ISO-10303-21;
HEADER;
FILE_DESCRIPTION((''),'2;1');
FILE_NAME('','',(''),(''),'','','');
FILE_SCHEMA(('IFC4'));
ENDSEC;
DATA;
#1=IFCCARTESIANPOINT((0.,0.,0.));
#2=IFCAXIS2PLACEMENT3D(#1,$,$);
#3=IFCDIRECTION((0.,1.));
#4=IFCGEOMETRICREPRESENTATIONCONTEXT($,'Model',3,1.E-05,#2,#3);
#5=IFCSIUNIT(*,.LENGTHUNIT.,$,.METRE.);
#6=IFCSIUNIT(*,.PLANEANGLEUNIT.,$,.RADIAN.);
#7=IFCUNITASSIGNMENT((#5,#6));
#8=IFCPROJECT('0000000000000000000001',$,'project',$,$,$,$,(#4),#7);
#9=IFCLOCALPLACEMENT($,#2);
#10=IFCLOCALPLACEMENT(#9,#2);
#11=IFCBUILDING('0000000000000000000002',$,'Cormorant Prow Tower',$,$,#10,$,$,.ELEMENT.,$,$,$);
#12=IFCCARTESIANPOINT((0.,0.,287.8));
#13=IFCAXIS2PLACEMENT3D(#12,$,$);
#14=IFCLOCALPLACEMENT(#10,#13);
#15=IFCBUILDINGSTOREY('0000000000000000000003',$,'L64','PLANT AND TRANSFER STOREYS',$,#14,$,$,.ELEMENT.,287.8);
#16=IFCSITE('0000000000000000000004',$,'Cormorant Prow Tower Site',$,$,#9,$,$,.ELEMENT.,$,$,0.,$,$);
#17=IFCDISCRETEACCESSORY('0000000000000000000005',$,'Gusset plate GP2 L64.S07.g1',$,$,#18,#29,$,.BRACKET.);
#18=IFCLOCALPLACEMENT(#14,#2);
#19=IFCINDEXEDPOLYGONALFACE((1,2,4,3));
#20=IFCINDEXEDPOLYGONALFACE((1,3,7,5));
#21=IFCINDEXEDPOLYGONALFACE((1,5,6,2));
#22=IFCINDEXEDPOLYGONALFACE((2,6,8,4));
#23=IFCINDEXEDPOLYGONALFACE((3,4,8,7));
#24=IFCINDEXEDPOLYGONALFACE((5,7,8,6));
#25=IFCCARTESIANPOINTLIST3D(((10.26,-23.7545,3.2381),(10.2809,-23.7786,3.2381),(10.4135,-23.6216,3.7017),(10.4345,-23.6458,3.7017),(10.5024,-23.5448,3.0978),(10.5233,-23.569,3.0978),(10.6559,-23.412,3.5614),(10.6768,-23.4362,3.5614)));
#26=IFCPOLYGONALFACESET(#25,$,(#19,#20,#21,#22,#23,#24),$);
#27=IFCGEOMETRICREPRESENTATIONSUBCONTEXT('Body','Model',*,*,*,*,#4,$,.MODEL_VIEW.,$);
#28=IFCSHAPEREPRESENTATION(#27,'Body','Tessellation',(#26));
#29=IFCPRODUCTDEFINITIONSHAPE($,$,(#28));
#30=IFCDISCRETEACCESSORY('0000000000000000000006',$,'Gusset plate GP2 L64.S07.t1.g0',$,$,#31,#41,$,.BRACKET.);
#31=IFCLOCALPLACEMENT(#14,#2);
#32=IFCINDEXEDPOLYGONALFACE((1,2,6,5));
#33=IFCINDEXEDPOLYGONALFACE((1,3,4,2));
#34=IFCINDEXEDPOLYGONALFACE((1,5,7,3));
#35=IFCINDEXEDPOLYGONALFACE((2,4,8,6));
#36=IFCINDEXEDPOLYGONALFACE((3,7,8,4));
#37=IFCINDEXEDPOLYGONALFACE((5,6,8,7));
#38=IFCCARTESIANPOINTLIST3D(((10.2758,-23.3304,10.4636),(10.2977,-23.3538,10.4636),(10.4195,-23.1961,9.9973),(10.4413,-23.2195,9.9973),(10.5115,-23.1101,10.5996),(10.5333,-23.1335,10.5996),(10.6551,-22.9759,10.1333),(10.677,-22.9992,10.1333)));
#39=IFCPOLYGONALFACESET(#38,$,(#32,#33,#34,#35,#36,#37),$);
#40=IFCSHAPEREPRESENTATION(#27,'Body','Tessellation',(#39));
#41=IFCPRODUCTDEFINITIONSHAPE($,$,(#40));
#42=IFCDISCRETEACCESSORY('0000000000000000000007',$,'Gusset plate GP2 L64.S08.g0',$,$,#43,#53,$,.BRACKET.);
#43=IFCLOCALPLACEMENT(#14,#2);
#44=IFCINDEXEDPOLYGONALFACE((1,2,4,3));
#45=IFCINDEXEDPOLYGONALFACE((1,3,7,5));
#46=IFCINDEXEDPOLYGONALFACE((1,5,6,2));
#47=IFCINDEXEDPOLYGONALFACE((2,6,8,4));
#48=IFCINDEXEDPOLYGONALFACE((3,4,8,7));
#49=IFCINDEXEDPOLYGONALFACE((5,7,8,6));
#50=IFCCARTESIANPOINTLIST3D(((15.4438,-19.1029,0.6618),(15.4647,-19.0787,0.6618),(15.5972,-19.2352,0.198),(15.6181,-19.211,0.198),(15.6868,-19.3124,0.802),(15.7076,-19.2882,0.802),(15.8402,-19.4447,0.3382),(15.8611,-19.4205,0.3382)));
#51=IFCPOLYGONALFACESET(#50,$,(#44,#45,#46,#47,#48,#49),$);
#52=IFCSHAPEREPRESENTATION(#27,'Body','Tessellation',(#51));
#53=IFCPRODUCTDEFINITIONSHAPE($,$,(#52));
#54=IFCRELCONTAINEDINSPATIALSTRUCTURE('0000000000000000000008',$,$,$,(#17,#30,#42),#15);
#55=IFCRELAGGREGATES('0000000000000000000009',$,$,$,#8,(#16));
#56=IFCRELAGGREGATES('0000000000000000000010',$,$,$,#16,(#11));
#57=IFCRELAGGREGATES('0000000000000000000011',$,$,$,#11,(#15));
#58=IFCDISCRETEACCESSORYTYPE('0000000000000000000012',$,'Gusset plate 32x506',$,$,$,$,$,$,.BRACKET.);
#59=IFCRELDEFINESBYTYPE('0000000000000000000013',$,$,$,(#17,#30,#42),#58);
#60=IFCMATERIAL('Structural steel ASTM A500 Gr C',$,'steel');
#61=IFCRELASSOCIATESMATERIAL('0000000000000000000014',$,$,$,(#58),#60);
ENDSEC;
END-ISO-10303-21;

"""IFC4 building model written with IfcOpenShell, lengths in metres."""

from ifc_helpers import new_model, si_unit, direction, frame, origin, origin_2d, place, context, subcontext, project, spatial, rectangle, extrude, material, material_profile, profile_set, type_object, element, save


model = new_model("IFC4")

# Units and contexts
model_context = context("Model", 3, precision=1e-05, world=origin(), true_north=direction((0.0, 1.0)))
body_context = subcontext(model_context, "Body", "Model", "MODEL_VIEW")
ifc_project = project(units=[si_unit("LENGTHUNIT", "METRE"), si_unit("PLANEANGLEUNIT", "RADIAN")], contexts=[model_context])

# Site, building, storey
site_placement = place(None, origin())
site = spatial("IfcSite", under=ifc_project, at=site_placement, Name="Cormorant Prow Tower Site", CompositionType="ELEMENT", RefElevation=0.0)
building_placement = place(site_placement, origin())
building = spatial("IfcBuilding", under=site, at=building_placement, Name="Cormorant Prow Tower", CompositionType="ELEMENT")
storey_placement = place(building_placement, frame((0.0, 0.0, 287.8)))
storey = spatial("IfcBuildingStorey", under=building, at=storey_placement, Name="L64", Description="PLANT AND TRANSFER STOREYS", CompositionType="ELEMENT", Elevation=287.8)

# Discrete accessories
ifc_material_1 = material(Name="Structural steel ASTM A500 Gr C", Category="steel")
ifc_material_profile_1 = material_profile(ifc_material_1, rectangle(XDim=0.032, YDim=0.5061, at=origin_2d()), Name="Gusset plate 32x506")
ifc_profile_set_1 = profile_set([ifc_material_profile_1], Name="Structural steel ASTM A500 Gr C")
discrete_accessory_type = type_object("IfcDiscreteAccessoryType", Name="Gusset plate 32x506", PredefinedType="BRACKET", material=ifc_profile_set_1)
for number, where, z_axis, x_axis, name in (
    (1, (10.5896, -23.4905, 3.3296), (-0.692772, -0.599286, 0.401152), (0.654234, -0.756292, 0.0), "Gusset plate GP2 L64.S07.g1"),
):
    element("IfcDiscreteAccessory", number, at=place(storey_placement, frame(where, z_axis=z_axis, x_axis=x_axis)), inside=storey, type_object=discrete_accessory_type, Name=name, PredefinedType="BRACKET", context=body_context, shape_type="SweptSolid", body=[
        extrude(rectangle(XDim=0.032, YDim=0.5061, at=origin_2d()), origin(), (0.0, 0.0, 1.0), 0.3499),
    ])
for number, where, z_axis, x_axis, name in (
    (2, (10.5942, -23.0547, 10.3665), (-0.673152, -0.629205, -0.388545), (0.682858, -0.730552, 0.0), "Gusset plate GP2 L64.S07.t1.g0"),
    (3, (15.7739, -19.3665, 0.5701), (-0.69398, 0.598427, -0.400346), (-0.653045, -0.757319, 0.0), "Gusset plate GP2 L64.S08.g0"),
):
    element("IfcDiscreteAccessory", number, at=place(storey_placement, frame(where, z_axis=z_axis, x_axis=x_axis)), inside=storey, type_object=discrete_accessory_type, Name=name, PredefinedType="BRACKET", context=body_context, shape_type="SweptSolid", body=[
        extrude(rectangle(XDim=0.032, YDim=0.5061, at=origin_2d()), origin(), (0.0, 0.0, 1.0), 0.3501),
    ])

save(model, "model.ifc")
